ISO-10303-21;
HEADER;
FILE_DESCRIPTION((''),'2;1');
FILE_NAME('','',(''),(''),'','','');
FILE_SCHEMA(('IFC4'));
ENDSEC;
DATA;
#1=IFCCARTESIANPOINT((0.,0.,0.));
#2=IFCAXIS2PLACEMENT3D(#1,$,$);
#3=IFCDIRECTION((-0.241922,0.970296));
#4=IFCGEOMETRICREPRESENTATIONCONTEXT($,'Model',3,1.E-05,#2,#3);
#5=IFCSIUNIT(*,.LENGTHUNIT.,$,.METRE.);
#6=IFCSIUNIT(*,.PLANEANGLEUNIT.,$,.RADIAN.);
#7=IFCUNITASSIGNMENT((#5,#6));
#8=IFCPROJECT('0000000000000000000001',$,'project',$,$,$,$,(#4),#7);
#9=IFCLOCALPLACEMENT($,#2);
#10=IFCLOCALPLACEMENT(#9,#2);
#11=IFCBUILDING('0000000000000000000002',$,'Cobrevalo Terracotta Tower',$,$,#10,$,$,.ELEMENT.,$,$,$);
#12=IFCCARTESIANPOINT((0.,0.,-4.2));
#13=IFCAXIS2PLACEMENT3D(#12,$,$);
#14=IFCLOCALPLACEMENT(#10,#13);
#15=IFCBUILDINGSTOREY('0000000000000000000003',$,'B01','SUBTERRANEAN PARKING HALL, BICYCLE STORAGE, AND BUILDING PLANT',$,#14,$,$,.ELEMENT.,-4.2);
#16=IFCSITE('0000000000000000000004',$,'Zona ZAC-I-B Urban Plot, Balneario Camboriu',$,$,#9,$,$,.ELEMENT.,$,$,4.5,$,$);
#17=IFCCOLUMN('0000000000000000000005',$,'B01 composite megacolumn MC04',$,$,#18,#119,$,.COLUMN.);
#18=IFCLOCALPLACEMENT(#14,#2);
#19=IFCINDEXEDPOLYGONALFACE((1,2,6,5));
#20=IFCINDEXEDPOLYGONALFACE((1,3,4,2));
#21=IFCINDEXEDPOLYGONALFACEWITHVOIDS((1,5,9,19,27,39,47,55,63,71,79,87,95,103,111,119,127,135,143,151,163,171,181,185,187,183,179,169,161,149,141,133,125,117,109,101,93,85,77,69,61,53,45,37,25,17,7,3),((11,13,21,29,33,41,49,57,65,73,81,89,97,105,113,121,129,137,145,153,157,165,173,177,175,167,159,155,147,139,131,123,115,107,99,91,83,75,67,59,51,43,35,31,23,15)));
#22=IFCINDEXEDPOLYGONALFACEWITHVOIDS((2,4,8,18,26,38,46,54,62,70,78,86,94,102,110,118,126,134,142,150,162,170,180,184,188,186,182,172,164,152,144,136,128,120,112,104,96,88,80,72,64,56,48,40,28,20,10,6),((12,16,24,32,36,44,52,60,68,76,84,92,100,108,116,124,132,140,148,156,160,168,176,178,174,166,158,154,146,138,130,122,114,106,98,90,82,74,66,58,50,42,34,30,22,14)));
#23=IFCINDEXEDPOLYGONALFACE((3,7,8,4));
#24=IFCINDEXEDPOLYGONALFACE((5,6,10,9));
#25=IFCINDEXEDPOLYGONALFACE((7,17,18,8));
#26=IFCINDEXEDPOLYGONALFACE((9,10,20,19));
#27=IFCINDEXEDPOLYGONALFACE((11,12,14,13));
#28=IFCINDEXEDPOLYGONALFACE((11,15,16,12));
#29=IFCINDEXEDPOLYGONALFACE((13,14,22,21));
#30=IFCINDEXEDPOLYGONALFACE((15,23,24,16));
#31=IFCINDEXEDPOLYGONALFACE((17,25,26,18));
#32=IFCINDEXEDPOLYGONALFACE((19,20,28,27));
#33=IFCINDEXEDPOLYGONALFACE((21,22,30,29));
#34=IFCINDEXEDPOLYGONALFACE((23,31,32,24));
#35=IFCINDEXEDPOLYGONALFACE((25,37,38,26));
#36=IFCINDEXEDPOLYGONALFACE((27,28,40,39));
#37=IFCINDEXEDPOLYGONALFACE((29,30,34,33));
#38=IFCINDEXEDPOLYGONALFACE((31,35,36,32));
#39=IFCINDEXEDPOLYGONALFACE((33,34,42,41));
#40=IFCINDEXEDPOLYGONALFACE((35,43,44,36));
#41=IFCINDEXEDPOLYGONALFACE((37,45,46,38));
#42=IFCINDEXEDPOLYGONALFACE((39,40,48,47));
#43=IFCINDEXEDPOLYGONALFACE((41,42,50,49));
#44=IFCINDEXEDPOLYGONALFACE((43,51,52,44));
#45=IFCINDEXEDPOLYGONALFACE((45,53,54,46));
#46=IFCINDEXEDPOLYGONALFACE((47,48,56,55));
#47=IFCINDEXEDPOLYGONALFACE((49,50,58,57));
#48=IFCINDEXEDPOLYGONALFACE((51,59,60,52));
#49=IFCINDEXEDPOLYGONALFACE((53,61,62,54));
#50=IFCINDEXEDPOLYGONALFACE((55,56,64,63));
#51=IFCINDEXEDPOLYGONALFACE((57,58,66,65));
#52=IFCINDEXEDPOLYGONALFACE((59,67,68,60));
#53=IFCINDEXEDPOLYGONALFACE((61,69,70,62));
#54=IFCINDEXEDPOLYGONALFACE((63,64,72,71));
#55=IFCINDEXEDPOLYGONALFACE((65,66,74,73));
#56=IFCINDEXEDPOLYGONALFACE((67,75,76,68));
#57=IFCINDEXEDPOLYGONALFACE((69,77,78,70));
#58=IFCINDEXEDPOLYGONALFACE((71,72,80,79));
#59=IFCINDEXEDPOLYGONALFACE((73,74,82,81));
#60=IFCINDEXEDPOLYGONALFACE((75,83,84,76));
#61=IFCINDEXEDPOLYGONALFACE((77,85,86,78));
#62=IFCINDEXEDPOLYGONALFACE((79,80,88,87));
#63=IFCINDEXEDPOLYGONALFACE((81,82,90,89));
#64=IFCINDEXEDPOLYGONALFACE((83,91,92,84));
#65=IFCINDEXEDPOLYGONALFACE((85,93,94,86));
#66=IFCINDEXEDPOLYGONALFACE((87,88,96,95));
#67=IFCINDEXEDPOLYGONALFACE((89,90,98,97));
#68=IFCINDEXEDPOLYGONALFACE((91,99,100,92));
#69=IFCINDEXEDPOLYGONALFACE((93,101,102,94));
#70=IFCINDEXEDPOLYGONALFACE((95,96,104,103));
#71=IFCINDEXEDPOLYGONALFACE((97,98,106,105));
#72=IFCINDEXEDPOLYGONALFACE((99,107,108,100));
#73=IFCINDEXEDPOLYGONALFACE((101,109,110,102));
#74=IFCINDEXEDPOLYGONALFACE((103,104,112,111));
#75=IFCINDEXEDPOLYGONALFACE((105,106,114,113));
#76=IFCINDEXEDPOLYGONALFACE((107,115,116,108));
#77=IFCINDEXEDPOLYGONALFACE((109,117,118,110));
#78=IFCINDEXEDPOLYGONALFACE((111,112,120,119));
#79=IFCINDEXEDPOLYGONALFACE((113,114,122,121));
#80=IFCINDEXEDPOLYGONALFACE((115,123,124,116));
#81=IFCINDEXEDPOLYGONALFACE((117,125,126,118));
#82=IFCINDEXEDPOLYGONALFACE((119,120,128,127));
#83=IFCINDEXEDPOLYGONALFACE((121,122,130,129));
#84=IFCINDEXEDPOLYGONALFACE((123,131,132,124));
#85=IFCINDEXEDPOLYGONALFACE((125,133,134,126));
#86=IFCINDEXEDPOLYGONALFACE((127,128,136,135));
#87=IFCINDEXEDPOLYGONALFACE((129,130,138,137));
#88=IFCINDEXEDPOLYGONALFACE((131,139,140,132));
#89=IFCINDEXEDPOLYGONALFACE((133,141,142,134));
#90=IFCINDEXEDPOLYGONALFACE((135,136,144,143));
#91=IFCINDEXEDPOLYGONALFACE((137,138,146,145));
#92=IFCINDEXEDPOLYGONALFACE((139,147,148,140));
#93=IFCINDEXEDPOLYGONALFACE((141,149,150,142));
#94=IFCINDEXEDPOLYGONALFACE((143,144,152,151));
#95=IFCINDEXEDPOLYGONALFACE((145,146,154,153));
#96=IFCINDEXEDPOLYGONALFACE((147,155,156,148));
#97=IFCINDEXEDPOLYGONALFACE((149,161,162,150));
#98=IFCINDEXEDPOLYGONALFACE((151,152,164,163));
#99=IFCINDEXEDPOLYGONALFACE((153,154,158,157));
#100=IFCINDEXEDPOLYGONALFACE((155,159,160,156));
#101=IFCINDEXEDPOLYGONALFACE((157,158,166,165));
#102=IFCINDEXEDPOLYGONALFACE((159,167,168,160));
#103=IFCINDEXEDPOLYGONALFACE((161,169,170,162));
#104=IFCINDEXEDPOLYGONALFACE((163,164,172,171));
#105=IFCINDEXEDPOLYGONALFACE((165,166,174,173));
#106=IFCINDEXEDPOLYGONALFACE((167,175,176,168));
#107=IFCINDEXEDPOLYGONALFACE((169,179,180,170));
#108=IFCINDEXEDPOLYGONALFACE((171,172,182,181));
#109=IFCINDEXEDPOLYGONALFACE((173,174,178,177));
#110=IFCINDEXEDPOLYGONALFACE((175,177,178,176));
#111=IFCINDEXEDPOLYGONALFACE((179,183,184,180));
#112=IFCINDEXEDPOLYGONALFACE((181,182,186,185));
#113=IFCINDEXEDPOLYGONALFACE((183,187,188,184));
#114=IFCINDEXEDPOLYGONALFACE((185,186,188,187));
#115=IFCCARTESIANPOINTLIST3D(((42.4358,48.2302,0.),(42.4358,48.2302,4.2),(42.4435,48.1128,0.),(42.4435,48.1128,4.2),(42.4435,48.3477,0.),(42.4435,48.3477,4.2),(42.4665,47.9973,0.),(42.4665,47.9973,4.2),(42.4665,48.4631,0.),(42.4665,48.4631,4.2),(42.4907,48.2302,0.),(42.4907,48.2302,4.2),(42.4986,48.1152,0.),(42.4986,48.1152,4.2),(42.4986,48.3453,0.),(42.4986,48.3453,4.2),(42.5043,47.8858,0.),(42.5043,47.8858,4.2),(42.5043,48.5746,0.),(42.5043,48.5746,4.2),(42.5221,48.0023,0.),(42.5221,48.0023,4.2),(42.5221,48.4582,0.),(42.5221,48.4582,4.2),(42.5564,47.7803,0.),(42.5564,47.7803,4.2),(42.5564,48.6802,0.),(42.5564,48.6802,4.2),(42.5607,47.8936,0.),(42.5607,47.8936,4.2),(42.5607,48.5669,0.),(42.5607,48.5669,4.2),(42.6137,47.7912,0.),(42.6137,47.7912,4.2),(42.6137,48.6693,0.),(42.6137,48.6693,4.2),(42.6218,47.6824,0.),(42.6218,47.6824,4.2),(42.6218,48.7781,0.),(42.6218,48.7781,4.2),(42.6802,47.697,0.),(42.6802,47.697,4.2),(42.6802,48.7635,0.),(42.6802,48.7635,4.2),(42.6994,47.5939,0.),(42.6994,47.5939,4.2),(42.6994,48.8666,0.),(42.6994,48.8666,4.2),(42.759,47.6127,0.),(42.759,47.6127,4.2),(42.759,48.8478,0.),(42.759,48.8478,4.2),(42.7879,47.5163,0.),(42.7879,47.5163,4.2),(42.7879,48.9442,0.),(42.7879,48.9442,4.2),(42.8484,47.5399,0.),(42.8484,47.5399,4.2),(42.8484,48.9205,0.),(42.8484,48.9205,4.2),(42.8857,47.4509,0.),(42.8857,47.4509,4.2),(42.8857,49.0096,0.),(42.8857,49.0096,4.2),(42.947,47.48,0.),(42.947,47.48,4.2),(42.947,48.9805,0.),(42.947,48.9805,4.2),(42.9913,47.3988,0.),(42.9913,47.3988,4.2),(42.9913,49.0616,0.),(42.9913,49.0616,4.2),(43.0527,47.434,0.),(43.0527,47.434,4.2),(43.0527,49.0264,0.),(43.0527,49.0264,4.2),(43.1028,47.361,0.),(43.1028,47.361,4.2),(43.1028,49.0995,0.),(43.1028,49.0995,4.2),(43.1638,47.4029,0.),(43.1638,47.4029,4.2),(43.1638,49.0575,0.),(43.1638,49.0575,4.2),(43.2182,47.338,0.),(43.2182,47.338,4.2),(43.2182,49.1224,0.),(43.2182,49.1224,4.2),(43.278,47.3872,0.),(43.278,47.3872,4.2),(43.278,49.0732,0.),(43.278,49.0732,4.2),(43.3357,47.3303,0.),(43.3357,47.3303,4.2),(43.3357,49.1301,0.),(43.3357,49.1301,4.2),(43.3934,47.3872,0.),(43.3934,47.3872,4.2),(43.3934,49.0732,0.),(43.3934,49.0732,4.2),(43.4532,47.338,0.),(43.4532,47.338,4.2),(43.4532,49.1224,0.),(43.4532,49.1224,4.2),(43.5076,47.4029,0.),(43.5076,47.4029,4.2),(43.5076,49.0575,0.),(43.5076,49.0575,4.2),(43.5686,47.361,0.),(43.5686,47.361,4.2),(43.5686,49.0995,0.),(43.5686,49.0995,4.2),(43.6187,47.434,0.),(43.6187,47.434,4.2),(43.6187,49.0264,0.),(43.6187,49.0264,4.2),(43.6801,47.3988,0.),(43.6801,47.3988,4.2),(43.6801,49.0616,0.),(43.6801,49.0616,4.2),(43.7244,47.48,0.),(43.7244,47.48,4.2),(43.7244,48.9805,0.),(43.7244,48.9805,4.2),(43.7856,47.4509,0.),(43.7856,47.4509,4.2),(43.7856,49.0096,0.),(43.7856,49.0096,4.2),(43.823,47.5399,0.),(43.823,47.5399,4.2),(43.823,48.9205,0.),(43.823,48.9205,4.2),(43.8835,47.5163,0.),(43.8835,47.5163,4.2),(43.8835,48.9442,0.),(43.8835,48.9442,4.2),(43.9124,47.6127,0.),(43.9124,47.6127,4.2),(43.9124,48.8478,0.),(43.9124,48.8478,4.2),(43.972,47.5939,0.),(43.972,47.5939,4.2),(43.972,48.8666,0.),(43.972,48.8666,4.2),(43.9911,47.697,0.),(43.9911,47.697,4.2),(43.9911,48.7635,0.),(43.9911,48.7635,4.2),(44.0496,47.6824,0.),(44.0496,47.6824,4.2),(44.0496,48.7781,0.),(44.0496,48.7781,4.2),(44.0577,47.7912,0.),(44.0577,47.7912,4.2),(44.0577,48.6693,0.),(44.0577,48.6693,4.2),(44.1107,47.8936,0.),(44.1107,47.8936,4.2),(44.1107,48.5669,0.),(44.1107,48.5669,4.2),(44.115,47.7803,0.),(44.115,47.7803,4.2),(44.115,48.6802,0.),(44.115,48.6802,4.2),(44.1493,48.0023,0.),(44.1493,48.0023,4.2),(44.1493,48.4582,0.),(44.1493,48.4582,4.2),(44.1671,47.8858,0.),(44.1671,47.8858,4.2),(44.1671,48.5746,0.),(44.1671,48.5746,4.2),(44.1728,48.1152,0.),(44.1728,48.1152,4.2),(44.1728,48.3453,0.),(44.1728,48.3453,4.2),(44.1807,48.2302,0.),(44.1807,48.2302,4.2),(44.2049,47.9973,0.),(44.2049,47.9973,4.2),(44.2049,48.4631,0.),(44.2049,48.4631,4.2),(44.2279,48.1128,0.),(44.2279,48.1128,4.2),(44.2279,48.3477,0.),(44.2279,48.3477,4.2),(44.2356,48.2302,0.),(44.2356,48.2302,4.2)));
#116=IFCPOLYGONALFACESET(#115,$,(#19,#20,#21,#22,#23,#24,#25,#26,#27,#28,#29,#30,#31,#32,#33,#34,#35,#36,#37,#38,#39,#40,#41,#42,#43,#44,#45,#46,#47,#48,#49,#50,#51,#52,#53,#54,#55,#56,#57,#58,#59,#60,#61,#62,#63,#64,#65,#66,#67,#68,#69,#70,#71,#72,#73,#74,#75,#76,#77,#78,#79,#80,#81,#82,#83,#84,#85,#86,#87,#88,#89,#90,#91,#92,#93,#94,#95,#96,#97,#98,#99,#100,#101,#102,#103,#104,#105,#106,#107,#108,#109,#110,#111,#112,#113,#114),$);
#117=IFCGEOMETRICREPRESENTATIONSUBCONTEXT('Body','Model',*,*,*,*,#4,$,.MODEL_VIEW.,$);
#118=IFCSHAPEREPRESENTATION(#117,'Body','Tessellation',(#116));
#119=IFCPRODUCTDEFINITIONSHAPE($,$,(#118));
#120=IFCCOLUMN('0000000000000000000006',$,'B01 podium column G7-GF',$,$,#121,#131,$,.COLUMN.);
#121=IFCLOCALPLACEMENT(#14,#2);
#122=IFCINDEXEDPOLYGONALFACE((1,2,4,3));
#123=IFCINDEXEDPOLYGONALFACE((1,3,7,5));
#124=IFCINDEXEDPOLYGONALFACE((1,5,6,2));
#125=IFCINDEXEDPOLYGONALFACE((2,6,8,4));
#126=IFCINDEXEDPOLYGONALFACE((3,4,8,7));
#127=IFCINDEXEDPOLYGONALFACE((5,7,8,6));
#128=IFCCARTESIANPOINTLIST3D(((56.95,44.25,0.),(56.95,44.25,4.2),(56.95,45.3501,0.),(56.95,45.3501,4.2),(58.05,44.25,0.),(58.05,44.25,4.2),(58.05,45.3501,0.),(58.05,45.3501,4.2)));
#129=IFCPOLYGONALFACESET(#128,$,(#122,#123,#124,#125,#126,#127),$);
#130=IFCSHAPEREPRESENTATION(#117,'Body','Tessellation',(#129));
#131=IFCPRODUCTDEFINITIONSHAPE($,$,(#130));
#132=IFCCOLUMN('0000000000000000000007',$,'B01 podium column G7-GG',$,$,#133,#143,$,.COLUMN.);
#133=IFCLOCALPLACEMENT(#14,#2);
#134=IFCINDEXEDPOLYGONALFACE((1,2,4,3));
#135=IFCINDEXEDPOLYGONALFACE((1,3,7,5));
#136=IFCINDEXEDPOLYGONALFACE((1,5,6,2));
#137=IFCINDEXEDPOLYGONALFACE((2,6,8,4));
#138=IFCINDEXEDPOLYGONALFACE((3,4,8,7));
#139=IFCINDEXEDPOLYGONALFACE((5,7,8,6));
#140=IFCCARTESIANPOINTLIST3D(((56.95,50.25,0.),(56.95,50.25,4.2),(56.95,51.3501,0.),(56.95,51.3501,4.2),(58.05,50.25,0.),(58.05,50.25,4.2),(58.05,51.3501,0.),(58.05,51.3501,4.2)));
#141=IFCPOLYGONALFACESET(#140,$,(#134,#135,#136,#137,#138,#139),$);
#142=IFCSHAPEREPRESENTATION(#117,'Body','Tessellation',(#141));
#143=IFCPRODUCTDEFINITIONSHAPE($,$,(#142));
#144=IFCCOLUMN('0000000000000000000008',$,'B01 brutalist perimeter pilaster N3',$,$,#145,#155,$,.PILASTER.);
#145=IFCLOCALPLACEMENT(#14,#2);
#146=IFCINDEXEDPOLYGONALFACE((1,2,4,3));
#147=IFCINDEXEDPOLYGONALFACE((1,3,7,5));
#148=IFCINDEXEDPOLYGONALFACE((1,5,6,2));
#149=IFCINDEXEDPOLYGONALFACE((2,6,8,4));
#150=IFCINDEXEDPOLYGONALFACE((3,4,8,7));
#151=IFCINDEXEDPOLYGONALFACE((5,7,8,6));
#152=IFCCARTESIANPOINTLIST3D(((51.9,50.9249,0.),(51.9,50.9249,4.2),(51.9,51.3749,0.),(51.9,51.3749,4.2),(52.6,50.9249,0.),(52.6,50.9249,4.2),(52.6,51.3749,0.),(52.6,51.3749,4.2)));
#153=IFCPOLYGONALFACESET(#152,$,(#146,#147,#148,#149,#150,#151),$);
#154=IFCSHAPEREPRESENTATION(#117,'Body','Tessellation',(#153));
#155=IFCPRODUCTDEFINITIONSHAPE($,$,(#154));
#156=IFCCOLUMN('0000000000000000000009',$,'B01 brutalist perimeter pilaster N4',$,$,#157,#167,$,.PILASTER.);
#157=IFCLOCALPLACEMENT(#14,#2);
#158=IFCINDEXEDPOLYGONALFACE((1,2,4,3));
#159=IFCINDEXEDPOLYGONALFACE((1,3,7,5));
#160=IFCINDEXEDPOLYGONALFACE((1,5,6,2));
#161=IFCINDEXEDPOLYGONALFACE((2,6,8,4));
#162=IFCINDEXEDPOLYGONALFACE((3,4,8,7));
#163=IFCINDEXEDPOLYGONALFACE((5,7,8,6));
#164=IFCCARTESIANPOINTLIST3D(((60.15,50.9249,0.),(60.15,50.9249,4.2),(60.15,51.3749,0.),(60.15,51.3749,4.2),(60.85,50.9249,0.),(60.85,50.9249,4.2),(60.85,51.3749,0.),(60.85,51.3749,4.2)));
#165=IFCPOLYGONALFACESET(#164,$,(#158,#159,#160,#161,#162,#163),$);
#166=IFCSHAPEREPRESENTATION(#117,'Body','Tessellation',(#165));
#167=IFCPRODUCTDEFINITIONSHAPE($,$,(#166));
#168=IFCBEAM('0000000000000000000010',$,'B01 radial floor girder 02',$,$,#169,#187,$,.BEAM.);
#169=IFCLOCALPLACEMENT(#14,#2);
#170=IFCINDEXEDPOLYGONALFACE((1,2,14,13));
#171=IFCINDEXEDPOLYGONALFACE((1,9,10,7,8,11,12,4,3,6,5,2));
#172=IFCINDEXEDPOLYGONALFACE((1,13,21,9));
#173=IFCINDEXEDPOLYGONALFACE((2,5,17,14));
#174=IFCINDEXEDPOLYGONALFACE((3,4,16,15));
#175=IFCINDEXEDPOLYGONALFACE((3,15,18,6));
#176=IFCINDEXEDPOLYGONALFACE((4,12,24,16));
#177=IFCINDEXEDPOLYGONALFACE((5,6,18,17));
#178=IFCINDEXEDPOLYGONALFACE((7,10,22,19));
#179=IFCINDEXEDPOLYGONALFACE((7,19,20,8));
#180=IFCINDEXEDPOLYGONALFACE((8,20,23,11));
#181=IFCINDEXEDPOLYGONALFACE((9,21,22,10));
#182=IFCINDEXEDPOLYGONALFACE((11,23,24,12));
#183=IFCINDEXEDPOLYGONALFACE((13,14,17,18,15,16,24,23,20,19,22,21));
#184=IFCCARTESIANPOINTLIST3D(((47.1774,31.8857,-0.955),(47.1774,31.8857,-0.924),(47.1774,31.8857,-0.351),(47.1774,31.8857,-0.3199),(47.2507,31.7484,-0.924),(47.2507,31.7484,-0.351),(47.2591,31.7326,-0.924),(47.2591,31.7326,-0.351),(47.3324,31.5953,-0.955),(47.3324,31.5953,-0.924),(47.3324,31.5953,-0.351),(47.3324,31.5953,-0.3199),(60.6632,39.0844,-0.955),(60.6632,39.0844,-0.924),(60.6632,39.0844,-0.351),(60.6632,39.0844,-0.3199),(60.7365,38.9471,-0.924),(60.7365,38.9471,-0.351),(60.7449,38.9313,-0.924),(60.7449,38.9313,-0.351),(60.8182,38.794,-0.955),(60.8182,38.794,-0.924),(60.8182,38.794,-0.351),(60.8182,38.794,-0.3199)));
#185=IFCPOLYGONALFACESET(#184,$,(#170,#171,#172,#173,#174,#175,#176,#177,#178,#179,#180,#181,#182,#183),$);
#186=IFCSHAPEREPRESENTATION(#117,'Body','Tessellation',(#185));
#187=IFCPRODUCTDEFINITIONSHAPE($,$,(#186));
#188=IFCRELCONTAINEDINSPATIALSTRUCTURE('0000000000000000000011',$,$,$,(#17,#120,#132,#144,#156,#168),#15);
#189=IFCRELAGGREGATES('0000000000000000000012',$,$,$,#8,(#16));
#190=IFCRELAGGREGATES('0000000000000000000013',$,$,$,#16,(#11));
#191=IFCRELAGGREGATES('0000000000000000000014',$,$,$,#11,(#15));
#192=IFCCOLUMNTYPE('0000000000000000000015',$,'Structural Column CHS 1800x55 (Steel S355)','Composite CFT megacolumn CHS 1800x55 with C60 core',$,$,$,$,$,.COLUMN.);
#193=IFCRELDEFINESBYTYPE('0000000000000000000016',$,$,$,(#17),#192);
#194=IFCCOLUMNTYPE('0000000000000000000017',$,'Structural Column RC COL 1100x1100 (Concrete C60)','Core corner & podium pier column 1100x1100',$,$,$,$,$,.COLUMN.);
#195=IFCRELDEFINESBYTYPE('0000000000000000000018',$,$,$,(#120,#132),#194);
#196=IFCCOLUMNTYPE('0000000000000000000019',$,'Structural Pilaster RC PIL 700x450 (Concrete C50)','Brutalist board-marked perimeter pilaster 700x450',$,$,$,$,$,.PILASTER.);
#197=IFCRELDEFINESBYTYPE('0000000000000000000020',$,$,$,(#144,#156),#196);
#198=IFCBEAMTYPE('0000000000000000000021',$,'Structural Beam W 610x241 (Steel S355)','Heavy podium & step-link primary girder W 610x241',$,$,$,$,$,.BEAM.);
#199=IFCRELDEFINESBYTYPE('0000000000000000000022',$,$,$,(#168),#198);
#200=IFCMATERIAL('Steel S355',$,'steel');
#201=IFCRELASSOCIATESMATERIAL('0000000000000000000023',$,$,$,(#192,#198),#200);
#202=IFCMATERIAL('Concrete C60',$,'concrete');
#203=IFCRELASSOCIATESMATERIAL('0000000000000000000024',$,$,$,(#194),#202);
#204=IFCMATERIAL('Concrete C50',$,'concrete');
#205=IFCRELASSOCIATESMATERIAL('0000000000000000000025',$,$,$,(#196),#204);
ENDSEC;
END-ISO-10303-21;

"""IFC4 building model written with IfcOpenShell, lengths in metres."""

from ifc_helpers import new_model, si_unit, direction, frame, origin, origin_2d, place, context, subcontext, project, spatial, rectangle, hollow_circle, i_section, extrude, material, material_profile, profile_set, type_object, element, save


model = new_model("IFC4")

# Units and contexts
model_context = context("Model", 3, precision=1e-05, world=origin(), true_north=direction((-0.241922, 0.970296)))
body_context = subcontext(model_context, "Body", "Model", "MODEL_VIEW")
ifc_project = project(units=[si_unit("LENGTHUNIT", "METRE"), si_unit("PLANEANGLEUNIT", "RADIAN")], contexts=[model_context])

# Site, building, storey
site_placement = place(None, origin())
site = spatial("IfcSite", under=ifc_project, at=site_placement, Name="Zona ZAC-I-B Urban Plot, Balneario Camboriu", CompositionType="ELEMENT", RefElevation=4.5)
building_placement = place(site_placement, origin())
building = spatial("IfcBuilding", under=site, at=building_placement, Name="Cobrevalo Terracotta Tower", CompositionType="ELEMENT")
storey_placement = place(building_placement, frame((0.0, 0.0, -4.2)))
storey = spatial("IfcBuildingStorey", under=building, at=storey_placement, Name="B01", Description="SUBTERRANEAN PARKING HALL, BICYCLE STORAGE, AND BUILDING PLANT", CompositionType="ELEMENT", Elevation=-4.2)

# Columns
ifc_material_1 = material(Name="Steel S355", Category="steel")
ifc_material_profile_1 = material_profile(ifc_material_1, hollow_circle(Radius=0.8999, WallThickness=0.0549, at=origin_2d()), Name="CHS 1800x55")
ifc_profile_set_1 = profile_set([ifc_material_profile_1], Name="Steel S355")
column_type_1 = type_object("IfcColumnType", Name="Structural Column CHS 1800x55 (Steel S355)", Description="Composite CFT megacolumn CHS 1800x55 with C60 core", PredefinedType="COLUMN", material=ifc_profile_set_1)
for number, where, z_axis, x_axis, name in (
    (1, (43.3357, 48.2302, 0.0), (0.0, 0.0, 1.0), (1.0, 0.0, 0.0), "B01 composite megacolumn MC04"),
):
    element("IfcColumn", number, at=place(storey_placement, frame(where, z_axis=z_axis, x_axis=x_axis)), inside=storey, type_object=column_type_1, Name=name, PredefinedType="COLUMN", context=body_context, shape_type="SweptSolid", body=[
        extrude(hollow_circle(Radius=0.8999, WallThickness=0.0549, at=origin_2d()), origin(), (0.0, 0.0, 1.0), 4.2),
    ])
ifc_material_2 = material(Name="Concrete C60", Category="concrete")
ifc_material_profile_2 = material_profile(ifc_material_2, rectangle(XDim=1.1001, YDim=1.1001, at=origin_2d()), Name="RC COL 1100x1100")
ifc_profile_set_2 = profile_set([ifc_material_profile_2], Name="Concrete C60")
column_type_2 = type_object("IfcColumnType", Name="Structural Column RC COL 1100x1100 (Concrete C60)", Description="Core corner & podium pier column 1100x1100", PredefinedType="COLUMN", material=ifc_profile_set_2)
for number, where, z_axis, x_axis, name in (
    (2, (57.5, 44.8, 0.0), (0.0, 0.0, 1.0), (1.0, 0.0, 0.0), "B01 podium column G7-GF"),
    (3, (57.5, 50.8, 0.0), (0.0, 0.0, 1.0), (1.0, 0.0, 0.0), "B01 podium column G7-GG"),
):
    element("IfcColumn", number, at=place(storey_placement, frame(where, z_axis=z_axis, x_axis=x_axis)), inside=storey, type_object=column_type_2, Name=name, PredefinedType="COLUMN", context=body_context, shape_type="SweptSolid", body=[
        extrude(rectangle(XDim=1.1001, YDim=1.1001, at=origin_2d()), origin(), (0.0, 0.0, 1.0), 4.2),
    ])
ifc_material_3 = material(Name="Concrete C50", Category="concrete")
ifc_material_profile_3 = material_profile(ifc_material_3, rectangle(XDim=0.7, YDim=0.45, at=origin_2d()), Name="RC PIL 700x450")
ifc_profile_set_3 = profile_set([ifc_material_profile_3], Name="Concrete C50")
column_type_3 = type_object("IfcColumnType", Name="Structural Pilaster RC PIL 700x450 (Concrete C50)", Description="Brutalist board-marked perimeter pilaster 700x450", PredefinedType="PILASTER", material=ifc_profile_set_3)
for number, where, z_axis, x_axis, name in (
    (4, (52.25, 51.1499, 0.0), (0.0, 0.0, 1.0), (1.0, 0.0, 0.0), "B01 brutalist perimeter pilaster N3"),
    (5, (60.5, 51.1499, 0.0), (0.0, 0.0, 1.0), (1.0, 0.0, 0.0), "B01 brutalist perimeter pilaster N4"),
):
    element("IfcColumn", number, at=place(storey_placement, frame(where, z_axis=z_axis, x_axis=x_axis)), inside=storey, type_object=column_type_3, Name=name, PredefinedType="PILASTER", context=body_context, shape_type="SweptSolid", body=[
        extrude(rectangle(XDim=0.7, YDim=0.45, at=origin_2d()), origin(), (0.0, 0.0, 1.0), 4.2),
    ])

# Beam
ifc_material_profile_4 = material_profile(ifc_material_1, i_section(OverallWidth=0.3291, OverallDepth=0.635, WebThickness=0.0178, FlangeThickness=0.031, at=origin_2d()), Name="W 610x241")
ifc_profile_set_4 = profile_set([ifc_material_profile_4], Name="Steel S355")
beam_type_1 = type_object("IfcBeamType", Name="Structural Beam W 610x241 (Steel S355)", Description="Heavy podium & step-link primary girder W 610x241", PredefinedType="BEAM", material=ifc_profile_set_4)
beam_1_placement = place(storey_placement, frame((60.7407, 38.9392, -0.6375), z_axis=(-0.882182, -0.470908, 0.0), x_axis=(0.470908, -0.882182, 0.0)))
element("IfcBeam", 6, at=beam_1_placement, inside=storey, type_object=beam_type_1, Name="B01 radial floor girder 02", PredefinedType="BEAM", context=body_context, shape_type="SweptSolid", body=[
    extrude(i_section(OverallWidth=0.3291, OverallDepth=0.635, WebThickness=0.0178, FlangeThickness=0.031, at=origin_2d()), origin(), (0.0, 0.0, 1.0), 15.2869),
])

save(model, "model.ifc")
